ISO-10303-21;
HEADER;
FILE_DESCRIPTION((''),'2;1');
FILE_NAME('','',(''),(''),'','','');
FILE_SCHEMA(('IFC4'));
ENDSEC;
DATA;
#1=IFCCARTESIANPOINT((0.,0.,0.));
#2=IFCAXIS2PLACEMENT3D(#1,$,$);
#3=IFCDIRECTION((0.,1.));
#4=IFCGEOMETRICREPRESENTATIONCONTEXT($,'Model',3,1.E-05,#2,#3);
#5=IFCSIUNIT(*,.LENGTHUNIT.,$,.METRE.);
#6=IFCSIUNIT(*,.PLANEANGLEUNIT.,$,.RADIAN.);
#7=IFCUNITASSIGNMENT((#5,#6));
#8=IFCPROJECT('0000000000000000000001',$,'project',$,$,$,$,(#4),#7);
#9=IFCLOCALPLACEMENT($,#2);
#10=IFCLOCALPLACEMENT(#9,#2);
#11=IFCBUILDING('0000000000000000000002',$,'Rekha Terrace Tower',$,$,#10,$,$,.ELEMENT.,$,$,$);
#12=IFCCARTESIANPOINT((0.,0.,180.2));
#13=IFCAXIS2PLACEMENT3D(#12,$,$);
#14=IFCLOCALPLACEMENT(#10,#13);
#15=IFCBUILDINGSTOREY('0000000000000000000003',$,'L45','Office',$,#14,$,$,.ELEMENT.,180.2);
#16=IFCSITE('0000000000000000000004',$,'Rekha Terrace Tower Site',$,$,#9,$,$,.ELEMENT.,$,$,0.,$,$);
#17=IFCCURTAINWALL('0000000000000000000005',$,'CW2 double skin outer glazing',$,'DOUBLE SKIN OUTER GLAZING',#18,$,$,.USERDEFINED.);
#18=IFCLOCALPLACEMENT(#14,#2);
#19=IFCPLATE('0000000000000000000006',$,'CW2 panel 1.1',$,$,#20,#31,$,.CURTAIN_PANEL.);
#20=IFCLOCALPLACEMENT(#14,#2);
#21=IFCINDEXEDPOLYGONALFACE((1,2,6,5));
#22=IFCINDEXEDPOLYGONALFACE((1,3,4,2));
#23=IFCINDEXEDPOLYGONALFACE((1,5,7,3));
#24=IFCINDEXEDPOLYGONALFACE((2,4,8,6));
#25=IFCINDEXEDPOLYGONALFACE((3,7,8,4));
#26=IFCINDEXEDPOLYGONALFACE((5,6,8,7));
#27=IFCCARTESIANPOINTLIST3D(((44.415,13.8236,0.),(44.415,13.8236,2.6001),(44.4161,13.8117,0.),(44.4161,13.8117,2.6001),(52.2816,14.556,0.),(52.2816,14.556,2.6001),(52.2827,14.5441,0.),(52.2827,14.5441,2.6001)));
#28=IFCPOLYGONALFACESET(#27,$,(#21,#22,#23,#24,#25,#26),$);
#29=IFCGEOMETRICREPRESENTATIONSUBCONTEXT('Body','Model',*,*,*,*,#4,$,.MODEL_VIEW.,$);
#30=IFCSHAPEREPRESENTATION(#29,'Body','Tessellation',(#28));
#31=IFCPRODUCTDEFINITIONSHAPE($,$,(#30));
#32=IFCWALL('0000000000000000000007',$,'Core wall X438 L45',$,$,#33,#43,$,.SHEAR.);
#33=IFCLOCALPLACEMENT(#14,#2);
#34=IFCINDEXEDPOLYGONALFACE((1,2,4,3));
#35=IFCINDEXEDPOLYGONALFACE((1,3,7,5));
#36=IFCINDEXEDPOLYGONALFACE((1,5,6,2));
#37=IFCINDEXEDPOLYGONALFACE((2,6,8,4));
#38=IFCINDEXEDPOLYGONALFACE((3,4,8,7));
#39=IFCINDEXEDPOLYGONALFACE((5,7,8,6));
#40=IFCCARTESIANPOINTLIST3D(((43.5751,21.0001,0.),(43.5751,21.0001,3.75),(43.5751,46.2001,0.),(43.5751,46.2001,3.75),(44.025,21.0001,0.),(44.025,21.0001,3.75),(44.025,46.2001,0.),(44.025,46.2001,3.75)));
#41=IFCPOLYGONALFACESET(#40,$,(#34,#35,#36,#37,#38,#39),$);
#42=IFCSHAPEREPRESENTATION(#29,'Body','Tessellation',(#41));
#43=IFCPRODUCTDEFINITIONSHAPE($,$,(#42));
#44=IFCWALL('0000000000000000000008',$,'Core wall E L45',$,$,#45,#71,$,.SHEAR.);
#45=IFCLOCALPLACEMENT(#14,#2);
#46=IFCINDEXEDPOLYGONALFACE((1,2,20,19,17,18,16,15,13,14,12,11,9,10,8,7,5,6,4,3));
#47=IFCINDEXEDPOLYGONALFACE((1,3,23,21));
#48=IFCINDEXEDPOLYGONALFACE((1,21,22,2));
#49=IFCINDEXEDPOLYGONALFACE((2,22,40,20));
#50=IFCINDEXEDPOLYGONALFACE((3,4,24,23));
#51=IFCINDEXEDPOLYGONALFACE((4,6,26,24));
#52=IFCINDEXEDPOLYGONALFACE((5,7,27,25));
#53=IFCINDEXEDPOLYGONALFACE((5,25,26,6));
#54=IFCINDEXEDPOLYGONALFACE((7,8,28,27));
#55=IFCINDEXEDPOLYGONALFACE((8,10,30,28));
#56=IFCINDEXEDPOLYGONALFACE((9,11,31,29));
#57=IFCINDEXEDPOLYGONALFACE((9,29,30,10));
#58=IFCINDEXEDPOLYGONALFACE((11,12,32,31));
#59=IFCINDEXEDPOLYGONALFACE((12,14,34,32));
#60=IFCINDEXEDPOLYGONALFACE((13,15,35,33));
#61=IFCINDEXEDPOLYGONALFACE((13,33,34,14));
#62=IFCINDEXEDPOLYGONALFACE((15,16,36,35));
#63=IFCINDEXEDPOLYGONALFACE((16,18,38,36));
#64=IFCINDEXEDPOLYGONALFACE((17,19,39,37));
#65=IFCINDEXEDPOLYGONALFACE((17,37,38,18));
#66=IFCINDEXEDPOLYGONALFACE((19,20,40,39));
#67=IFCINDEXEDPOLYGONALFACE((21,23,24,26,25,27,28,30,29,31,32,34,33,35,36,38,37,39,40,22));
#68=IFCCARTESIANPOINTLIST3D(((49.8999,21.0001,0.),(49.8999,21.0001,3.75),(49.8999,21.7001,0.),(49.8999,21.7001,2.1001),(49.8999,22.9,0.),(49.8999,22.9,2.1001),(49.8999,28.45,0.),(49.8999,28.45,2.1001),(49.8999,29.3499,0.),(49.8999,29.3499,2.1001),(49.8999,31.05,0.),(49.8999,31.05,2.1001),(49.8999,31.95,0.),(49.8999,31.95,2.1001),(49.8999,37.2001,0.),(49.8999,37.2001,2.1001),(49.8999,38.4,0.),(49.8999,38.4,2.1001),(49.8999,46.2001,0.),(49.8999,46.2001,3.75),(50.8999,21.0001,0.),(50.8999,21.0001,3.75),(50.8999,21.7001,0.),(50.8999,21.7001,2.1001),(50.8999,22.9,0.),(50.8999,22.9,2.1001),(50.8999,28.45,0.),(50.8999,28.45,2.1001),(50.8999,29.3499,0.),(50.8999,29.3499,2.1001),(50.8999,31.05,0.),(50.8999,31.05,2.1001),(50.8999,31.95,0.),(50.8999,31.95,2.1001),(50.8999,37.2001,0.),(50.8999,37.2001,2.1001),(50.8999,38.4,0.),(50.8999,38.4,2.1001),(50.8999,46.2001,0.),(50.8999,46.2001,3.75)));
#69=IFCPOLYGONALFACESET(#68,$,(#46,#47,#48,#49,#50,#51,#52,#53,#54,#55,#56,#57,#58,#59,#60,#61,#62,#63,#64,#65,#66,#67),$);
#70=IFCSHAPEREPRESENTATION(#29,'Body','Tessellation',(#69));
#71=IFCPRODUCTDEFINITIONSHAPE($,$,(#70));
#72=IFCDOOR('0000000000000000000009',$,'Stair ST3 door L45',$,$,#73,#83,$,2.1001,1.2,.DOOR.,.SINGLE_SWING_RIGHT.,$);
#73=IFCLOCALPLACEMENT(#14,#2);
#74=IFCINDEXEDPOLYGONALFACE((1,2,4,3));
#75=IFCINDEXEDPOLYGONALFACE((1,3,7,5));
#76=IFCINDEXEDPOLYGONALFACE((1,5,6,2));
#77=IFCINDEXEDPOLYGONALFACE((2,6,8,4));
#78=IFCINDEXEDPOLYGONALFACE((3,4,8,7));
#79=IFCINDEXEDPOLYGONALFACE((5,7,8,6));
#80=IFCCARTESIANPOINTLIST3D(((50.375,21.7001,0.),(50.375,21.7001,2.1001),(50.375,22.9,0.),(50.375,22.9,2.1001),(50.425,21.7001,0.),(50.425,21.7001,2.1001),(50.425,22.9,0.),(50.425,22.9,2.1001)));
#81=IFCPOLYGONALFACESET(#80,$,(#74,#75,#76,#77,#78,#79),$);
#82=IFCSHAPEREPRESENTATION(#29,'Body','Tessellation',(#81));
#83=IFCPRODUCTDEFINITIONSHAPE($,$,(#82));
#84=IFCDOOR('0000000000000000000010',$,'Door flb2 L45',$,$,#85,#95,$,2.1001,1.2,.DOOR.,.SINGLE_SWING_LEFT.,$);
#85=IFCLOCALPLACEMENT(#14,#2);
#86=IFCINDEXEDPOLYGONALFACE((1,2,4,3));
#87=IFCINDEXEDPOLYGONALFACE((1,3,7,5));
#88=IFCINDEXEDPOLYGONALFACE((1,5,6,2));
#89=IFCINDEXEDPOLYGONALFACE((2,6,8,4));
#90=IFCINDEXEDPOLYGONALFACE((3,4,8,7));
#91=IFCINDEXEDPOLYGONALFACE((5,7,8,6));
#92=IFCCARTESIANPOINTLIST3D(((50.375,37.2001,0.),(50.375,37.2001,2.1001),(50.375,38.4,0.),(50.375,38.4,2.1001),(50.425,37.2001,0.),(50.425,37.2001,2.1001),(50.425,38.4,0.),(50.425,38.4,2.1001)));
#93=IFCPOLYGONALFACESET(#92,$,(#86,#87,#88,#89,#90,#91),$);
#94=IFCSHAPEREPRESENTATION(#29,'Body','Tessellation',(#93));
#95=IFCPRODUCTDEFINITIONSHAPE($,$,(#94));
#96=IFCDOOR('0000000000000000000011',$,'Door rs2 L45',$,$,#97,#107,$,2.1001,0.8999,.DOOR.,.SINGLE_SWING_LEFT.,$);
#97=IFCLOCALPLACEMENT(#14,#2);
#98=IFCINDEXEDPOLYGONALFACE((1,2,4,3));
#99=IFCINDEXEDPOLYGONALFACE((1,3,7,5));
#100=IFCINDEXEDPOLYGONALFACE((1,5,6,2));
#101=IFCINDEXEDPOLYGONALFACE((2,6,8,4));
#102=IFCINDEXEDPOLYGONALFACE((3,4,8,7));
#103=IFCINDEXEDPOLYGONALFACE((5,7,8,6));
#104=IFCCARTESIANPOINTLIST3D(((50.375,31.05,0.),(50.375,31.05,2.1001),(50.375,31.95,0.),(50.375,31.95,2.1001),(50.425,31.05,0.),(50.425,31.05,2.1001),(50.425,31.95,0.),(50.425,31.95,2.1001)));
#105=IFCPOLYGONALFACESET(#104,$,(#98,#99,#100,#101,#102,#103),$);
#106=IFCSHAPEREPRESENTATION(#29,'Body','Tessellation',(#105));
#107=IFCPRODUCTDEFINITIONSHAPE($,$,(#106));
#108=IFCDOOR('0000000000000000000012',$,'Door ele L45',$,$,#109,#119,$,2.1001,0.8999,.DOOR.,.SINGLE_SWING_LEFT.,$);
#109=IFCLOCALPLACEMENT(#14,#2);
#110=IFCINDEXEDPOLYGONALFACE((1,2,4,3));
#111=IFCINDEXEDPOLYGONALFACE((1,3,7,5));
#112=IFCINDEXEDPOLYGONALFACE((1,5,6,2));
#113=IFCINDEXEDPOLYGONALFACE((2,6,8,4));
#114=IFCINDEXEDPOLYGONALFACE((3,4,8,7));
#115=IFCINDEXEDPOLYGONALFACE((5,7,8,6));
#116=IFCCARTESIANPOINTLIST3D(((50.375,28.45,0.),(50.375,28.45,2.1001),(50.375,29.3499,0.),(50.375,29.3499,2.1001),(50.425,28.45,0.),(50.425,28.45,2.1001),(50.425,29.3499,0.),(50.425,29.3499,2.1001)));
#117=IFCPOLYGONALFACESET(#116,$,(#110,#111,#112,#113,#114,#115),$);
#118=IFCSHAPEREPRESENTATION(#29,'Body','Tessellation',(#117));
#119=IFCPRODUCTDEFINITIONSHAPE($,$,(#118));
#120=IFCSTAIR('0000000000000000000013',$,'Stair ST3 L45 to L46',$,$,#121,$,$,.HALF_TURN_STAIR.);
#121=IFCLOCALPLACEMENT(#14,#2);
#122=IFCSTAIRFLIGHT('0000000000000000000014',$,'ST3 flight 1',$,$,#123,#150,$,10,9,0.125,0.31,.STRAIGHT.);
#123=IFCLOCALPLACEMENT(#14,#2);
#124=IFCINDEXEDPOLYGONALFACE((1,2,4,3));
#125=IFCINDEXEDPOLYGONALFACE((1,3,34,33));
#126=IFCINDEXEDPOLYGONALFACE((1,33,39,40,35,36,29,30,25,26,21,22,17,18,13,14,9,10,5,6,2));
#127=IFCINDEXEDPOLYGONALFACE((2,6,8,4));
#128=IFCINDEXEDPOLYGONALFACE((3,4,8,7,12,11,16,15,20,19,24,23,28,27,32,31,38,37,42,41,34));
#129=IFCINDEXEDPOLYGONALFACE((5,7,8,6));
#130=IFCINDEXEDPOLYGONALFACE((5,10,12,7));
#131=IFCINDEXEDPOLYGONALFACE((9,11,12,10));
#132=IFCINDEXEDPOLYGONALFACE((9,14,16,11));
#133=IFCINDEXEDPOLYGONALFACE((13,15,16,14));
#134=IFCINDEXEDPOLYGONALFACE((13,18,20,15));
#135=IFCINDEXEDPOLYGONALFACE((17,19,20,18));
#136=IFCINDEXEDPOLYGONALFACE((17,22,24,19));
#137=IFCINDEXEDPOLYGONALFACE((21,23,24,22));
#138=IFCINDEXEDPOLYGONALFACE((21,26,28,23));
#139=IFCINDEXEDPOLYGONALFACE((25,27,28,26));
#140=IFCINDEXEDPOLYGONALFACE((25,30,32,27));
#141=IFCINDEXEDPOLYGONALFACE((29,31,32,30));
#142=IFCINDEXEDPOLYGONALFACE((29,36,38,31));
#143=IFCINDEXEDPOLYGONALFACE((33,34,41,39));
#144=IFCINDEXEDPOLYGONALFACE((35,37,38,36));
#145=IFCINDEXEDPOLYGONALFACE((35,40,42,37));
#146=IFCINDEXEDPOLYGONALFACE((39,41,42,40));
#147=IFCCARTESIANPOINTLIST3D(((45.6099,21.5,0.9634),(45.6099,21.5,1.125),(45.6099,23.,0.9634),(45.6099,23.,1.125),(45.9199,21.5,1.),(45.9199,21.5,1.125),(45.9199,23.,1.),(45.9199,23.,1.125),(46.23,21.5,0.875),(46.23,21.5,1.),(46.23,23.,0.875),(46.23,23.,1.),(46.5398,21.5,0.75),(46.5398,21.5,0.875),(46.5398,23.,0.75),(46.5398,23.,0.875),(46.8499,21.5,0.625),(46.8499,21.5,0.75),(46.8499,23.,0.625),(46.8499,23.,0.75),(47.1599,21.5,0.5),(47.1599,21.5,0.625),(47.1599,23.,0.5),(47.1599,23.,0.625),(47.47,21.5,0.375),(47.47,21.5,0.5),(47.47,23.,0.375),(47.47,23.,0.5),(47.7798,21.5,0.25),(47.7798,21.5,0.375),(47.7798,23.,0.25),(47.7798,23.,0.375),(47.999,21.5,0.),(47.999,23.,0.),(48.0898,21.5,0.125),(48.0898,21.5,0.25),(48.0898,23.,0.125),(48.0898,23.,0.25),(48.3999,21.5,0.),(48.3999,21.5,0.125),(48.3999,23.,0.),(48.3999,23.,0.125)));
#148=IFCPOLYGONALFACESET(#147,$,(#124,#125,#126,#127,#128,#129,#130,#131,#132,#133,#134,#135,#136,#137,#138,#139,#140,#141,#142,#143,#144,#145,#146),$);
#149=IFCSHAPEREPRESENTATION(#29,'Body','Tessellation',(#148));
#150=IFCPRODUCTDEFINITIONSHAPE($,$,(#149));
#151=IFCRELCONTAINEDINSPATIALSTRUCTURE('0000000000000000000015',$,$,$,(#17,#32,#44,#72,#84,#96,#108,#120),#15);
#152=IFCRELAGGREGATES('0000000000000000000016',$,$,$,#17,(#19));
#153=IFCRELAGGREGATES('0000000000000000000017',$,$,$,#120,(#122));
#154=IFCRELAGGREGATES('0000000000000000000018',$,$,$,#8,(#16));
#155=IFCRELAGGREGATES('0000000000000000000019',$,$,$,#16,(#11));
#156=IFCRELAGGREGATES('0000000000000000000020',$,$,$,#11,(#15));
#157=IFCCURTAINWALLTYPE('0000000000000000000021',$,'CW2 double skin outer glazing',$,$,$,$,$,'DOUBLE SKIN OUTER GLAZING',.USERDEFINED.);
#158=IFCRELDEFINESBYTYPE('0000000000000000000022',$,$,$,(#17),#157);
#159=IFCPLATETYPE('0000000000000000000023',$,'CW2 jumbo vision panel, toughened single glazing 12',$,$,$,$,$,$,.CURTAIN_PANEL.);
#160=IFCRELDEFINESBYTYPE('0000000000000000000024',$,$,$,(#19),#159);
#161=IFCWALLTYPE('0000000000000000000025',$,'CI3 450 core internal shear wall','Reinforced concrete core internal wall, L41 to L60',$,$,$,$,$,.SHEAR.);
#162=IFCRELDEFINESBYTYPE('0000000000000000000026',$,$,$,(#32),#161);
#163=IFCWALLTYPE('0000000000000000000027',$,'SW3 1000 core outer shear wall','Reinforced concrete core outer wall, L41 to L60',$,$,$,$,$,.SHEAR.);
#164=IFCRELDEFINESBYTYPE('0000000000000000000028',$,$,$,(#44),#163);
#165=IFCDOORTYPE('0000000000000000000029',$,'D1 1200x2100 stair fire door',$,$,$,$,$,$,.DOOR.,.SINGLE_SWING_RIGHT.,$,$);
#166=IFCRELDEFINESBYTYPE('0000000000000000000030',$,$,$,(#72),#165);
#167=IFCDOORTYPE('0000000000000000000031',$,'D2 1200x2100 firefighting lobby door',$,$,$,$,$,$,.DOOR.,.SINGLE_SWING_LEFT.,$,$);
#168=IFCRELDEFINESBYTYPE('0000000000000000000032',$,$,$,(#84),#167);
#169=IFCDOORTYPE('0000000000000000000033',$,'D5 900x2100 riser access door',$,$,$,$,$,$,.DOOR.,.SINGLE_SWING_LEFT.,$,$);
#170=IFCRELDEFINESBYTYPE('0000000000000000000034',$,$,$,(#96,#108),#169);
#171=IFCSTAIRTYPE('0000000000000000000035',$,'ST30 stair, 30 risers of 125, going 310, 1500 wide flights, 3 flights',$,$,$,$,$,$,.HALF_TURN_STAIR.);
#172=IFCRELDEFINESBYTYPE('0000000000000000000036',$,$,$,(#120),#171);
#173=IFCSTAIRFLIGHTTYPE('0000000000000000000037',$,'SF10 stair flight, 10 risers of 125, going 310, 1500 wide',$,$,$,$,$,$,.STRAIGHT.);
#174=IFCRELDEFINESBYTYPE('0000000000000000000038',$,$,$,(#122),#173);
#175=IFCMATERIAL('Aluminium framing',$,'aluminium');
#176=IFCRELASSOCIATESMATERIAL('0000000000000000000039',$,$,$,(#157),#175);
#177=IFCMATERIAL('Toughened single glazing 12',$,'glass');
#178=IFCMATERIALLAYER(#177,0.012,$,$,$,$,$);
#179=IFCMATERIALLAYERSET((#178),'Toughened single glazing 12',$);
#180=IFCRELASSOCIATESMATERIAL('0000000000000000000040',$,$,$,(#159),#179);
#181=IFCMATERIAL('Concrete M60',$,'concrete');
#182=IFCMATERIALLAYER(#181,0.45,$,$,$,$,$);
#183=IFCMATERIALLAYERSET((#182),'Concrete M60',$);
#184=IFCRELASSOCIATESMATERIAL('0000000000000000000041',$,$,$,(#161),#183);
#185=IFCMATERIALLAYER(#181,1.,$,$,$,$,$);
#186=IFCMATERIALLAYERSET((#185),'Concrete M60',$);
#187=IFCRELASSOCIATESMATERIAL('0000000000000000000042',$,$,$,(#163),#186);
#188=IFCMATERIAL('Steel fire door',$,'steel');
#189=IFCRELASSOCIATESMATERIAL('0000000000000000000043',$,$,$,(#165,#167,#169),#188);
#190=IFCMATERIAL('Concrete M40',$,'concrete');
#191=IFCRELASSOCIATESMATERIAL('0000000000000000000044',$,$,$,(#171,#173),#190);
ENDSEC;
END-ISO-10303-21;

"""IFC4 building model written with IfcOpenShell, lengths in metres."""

from ifc_helpers import new_model, si_unit, direction, frame, frame_2d, origin, origin_2d, place, context, subcontext, project, spatial, polyline, rectangle, outline, extrude, material, layer, layer_set, type_object, element, fill, aggregate, save


model = new_model("IFC4")

# Units and contexts
model_context = context("Model", 3, precision=1e-05, world=origin(), true_north=direction((0.0, 1.0)))
body_context = subcontext(model_context, "Body", "Model", "MODEL_VIEW")
ifc_project = project(units=[si_unit("LENGTHUNIT", "METRE"), si_unit("PLANEANGLEUNIT", "RADIAN")], contexts=[model_context])

# Site, building, storey
site_placement = place(None, origin())
site = spatial("IfcSite", under=ifc_project, at=site_placement, Name="Rekha Terrace Tower Site", CompositionType="ELEMENT", RefElevation=0.0)
building_placement = place(site_placement, origin())
building = spatial("IfcBuilding", under=site, at=building_placement, Name="Rekha Terrace Tower", CompositionType="ELEMENT")
storey_placement = place(building_placement, frame((0.0, 0.0, 180.2)))
storey = spatial("IfcBuildingStorey", under=building, at=storey_placement, Name="L45", Description="Office", CompositionType="ELEMENT", Elevation=180.2)

# Shared definitions
ifc_material_1 = material(Name="Concrete M60", Category="concrete")

# Curtain wall
ifc_material_2 = material(Name="Aluminium framing", Category="aluminium")
curtain_wall_type_1 = type_object("IfcCurtainWallType", Name="CW2 double skin outer glazing", ElementType="DOUBLE SKIN OUTER GLAZING", PredefinedType="USERDEFINED", material=ifc_material_2)
curtain_wall_1_placement = place(storey_placement, origin())
curtain_wall_1 = element("IfcCurtainWall", 1, at=curtain_wall_1_placement, inside=storey, type_object=curtain_wall_type_1, Name="CW2 double skin outer glazing", ObjectType="DOUBLE SKIN OUTER GLAZING", PredefinedType="USERDEFINED")

# Plate
ifc_material_3 = material(Name="Toughened single glazing 12", Category="glass")
ifc_layer_1 = layer(ifc_material_3, 0.012)
ifc_layer_set_1 = layer_set([ifc_layer_1], Name="Toughened single glazing 12")
plate_type_1 = type_object("IfcPlateType", Name="CW2 jumbo vision panel, toughened single glazing 12", PredefinedType="CURTAIN_PANEL", material=ifc_layer_set_1)
plate_1_placement = place(storey_placement, frame((48.3489, 14.1838, 0.0), z_axis=(0.0, 0.0, 1.0), x_axis=(0.995693, 0.092709, 0.0)))
plate_1 = element("IfcPlate", 2, at=plate_1_placement, type_object=plate_type_1, Name="CW2 panel 1.1", PredefinedType="CURTAIN_PANEL", context=body_context, shape_type="SweptSolid", body=[
    extrude(rectangle(XDim=7.9006, YDim=0.012, at=origin_2d()), origin(), (0.0, 0.0, 1.0), 2.6001),
])
aggregate(curtain_wall_1, [plate_1])

# Wall
ifc_layer_2 = layer(ifc_material_1, 0.45)
ifc_layer_set_2 = layer_set([ifc_layer_2], Name="Concrete M60")
wall_type_1 = type_object("IfcWallType", Name="CI3 450 core internal shear wall", Description="Reinforced concrete core internal wall, L41 to L60", PredefinedType="SHEAR", material=ifc_layer_set_2)
wall_1_placement = place(storey_placement, frame((43.8, 21.0, 0.0), z_axis=(0.0, 0.0, 1.0), x_axis=(0.0, 1.0, 0.0)))
element("IfcWall", 3, at=wall_1_placement, inside=storey, type_object=wall_type_1, Name="Core wall X438 L45", PredefinedType="SHEAR", context=body_context, shape_type="SweptSolid", body=[
    extrude(rectangle(XDim=25.2, YDim=0.45, at=frame_2d((12.6001, 0.0))), origin(), (0.0, 0.0, 1.0), 3.75),
])

# Wall, openings, doors
ifc_layer_3 = layer(ifc_material_1, 1.0)
ifc_layer_set_3 = layer_set([ifc_layer_3], Name="Concrete M60")
wall_type_2 = type_object("IfcWallType", Name="SW3 1000 core outer shear wall", Description="Reinforced concrete core outer wall, L41 to L60", PredefinedType="SHEAR", material=ifc_layer_set_3)
wall_2_placement = place(storey_placement, frame((50.3999, 21.0, 0.0), z_axis=(0.0, 0.0, 1.0), x_axis=(0.0, 1.0, 0.0)))
wall_2 = element("IfcWall", 4, at=wall_2_placement, inside=storey, type_object=wall_type_2, Name="Core wall E L45", PredefinedType="SHEAR", context=body_context, shape_type="SweptSolid", body=[
    extrude(rectangle(XDim=25.2, YDim=1.0, at=frame_2d((12.6001, 0.0))), origin(), (0.0, 0.0, 1.0), 3.75),
])
opening_1_placement = place(wall_2_placement, frame((16.2, 0.0, 0.0)))
opening_1 = element("IfcOpeningElement", 5, at=opening_1_placement, cuts=wall_2, PredefinedType="OPENING", context=body_context, shape_type="SweptSolid", body=[
    extrude(rectangle(XDim=1.2, YDim=2.1001, at=frame_2d((0.6001, 1.05))), frame((0.0, 0.51, 0.0), z_axis=(0.0, -1.0, 0.0), x_axis=(1.0, 0.0, 0.0)), (0.0, 0.0, 1.0), 1.02),
])
opening_2_placement = place(wall_2_placement, frame((10.05, 0.0, 0.0)))
opening_2 = element("IfcOpeningElement", 6, at=opening_2_placement, cuts=wall_2, PredefinedType="OPENING", context=body_context, shape_type="SweptSolid", body=[
    extrude(rectangle(XDim=0.8999, YDim=2.1001, at=frame_2d((0.45, 1.05))), frame((0.0, 0.51, 0.0), z_axis=(0.0, -1.0, 0.0), x_axis=(1.0, 0.0, 0.0)), (0.0, 0.0, 1.0), 1.02),
])
opening_3_placement = place(wall_2_placement, frame((7.45, 0.0, 0.0)))
opening_3 = element("IfcOpeningElement", 7, at=opening_3_placement, cuts=wall_2, PredefinedType="OPENING", context=body_context, shape_type="SweptSolid", body=[
    extrude(rectangle(XDim=0.8999, YDim=2.1001, at=frame_2d((0.45, 1.05))), frame((0.0, 0.51, 0.0), z_axis=(0.0, -1.0, 0.0), x_axis=(1.0, 0.0, 0.0)), (0.0, 0.0, 1.0), 1.02),
])
opening_4_placement = place(wall_2_placement, frame((0.7, 0.0, 0.0)))
opening_4 = element("IfcOpeningElement", 8, at=opening_4_placement, cuts=wall_2, PredefinedType="OPENING", context=body_context, shape_type="SweptSolid", body=[
    extrude(rectangle(XDim=1.2, YDim=2.1001, at=frame_2d((0.6001, 1.05))), frame((0.0, 0.51, 0.0), z_axis=(0.0, -1.0, 0.0), x_axis=(1.0, 0.0, 0.0)), (0.0, 0.0, 1.0), 1.02),
])
ifc_material_4 = material(Name="Steel fire door", Category="steel")
door_type_1 = type_object("IfcDoorType", Name="D1 1200x2100 stair fire door", OperationType="SINGLE_SWING_RIGHT", PredefinedType="DOOR", material=ifc_material_4)
door_1_placement = place(opening_4_placement, origin())
door_1 = element("IfcDoor", 9, at=door_1_placement, inside=storey, type_object=door_type_1, Name="Stair ST3 door L45", OperationType="SINGLE_SWING_RIGHT", OverallHeight=2.1001, OverallWidth=1.2, PredefinedType="DOOR", context=body_context, shape_type="SweptSolid", body=[
    extrude(rectangle(XDim=1.2, YDim=2.1001, at=frame_2d((0.6001, 1.05))), frame((0.0, 0.0249, 0.0), z_axis=(0.0, -1.0, 0.0), x_axis=(1.0, 0.0, 0.0)), (0.0, 0.0, 1.0), 0.05),
])
fill(opening_4, door_1)
door_type_2 = type_object("IfcDoorType", Name="D2 1200x2100 firefighting lobby door", OperationType="SINGLE_SWING_LEFT", PredefinedType="DOOR", material=ifc_material_4)
door_2_placement = place(opening_1_placement, origin())
door_2 = element("IfcDoor", 10, at=door_2_placement, inside=storey, type_object=door_type_2, Name="Door flb2 L45", OperationType="SINGLE_SWING_LEFT", OverallHeight=2.1001, OverallWidth=1.2, PredefinedType="DOOR", context=body_context, shape_type="SweptSolid", body=[
    extrude(rectangle(XDim=1.2, YDim=2.1001, at=frame_2d((0.6001, 1.05))), frame((0.0, 0.0249, 0.0), z_axis=(0.0, -1.0, 0.0), x_axis=(1.0, 0.0, 0.0)), (0.0, 0.0, 1.0), 0.05),
])
fill(opening_1, door_2)
door_type_3 = type_object("IfcDoorType", Name="D5 900x2100 riser access door", OperationType="SINGLE_SWING_LEFT", PredefinedType="DOOR", material=ifc_material_4)
door_3_placement = place(opening_2_placement, origin())
door_3 = element("IfcDoor", 11, at=door_3_placement, inside=storey, type_object=door_type_3, Name="Door rs2 L45", OperationType="SINGLE_SWING_LEFT", OverallHeight=2.1001, OverallWidth=0.8999, PredefinedType="DOOR", context=body_context, shape_type="SweptSolid", body=[
    extrude(rectangle(XDim=0.8999, YDim=2.1001, at=frame_2d((0.45, 1.05))), frame((0.0, 0.0249, 0.0), z_axis=(0.0, -1.0, 0.0), x_axis=(1.0, 0.0, 0.0)), (0.0, 0.0, 1.0), 0.05),
])
fill(opening_2, door_3)
door_4_placement = place(opening_3_placement, origin())
door_4 = element("IfcDoor", 12, at=door_4_placement, inside=storey, type_object=door_type_3, Name="Door ele L45", OperationType="SINGLE_SWING_LEFT", OverallHeight=2.1001, OverallWidth=0.8999, PredefinedType="DOOR", context=body_context, shape_type="SweptSolid", body=[
    extrude(rectangle(XDim=0.8999, YDim=2.1001, at=frame_2d((0.45, 1.05))), frame((0.0, 0.0249, 0.0), z_axis=(0.0, -1.0, 0.0), x_axis=(1.0, 0.0, 0.0)), (0.0, 0.0, 1.0), 0.05),
])
fill(opening_3, door_4)

# Stair, stair flight
ifc_material_5 = material(Name="Concrete M40", Category="concrete")
stair_type = type_object("IfcStairType", Name="ST30 stair, 30 risers of 125, going 310, 1500 wide flights, 3 flights", PredefinedType="HALF_TURN_STAIR", material=ifc_material_5)
stair_placement = place(storey_placement, origin())
stair = element("IfcStair", 13, at=stair_placement, inside=storey, type_object=stair_type, Name="Stair ST3 L45 to L46", PredefinedType="HALF_TURN_STAIR")
stair_flight_type = type_object("IfcStairFlightType", Name="SF10 stair flight, 10 risers of 125, going 310, 1500 wide", PredefinedType="STRAIGHT", material=ifc_material_5)
stair_flight_1_placement = place(storey_placement, frame((48.3999, 22.25, 0.0), z_axis=(0.0, 0.0, 1.0), x_axis=(-1.0, 0.0, 0.0)))
stair_flight_1 = element("IfcStairFlight", 14, at=stair_flight_1_placement, type_object=stair_flight_type, Name="ST3 flight 1", NumberOfRisers=10, NumberOfTreads=9, PredefinedType="STRAIGHT", RiserHeight=0.125, TreadLength=0.31, context=body_context, shape_type="SweptSolid", body=[
    extrude(outline(polyline([(0.0, 0.0), (0.0, 0.125), (0.3101, 0.125), (0.3101, 0.25), (0.6201, 0.25), (0.6201, 0.375), (0.9299, 0.375), (0.9299, 0.5), (1.24, 0.5), (1.24, 0.625), (1.55, 0.625), (1.55, 0.75), (1.8601, 0.75), (1.8601, 0.875), (2.1699, 0.875), (2.1699, 1.0), (2.48, 1.0), (2.48, 1.125), (2.79, 1.125), (2.79, 1.25), (2.79, 0.9634), (0.4009, 0.0), (0.0, 0.0)])), frame((0.0, 0.75, 0.0), z_axis=(0.0, -1.0, 0.0), x_axis=(1.0, 0.0, 0.0)), (0.0, 0.0, 1.0), 1.5),
])
aggregate(stair, [stair_flight_1])

save(model, "model.ifc")
